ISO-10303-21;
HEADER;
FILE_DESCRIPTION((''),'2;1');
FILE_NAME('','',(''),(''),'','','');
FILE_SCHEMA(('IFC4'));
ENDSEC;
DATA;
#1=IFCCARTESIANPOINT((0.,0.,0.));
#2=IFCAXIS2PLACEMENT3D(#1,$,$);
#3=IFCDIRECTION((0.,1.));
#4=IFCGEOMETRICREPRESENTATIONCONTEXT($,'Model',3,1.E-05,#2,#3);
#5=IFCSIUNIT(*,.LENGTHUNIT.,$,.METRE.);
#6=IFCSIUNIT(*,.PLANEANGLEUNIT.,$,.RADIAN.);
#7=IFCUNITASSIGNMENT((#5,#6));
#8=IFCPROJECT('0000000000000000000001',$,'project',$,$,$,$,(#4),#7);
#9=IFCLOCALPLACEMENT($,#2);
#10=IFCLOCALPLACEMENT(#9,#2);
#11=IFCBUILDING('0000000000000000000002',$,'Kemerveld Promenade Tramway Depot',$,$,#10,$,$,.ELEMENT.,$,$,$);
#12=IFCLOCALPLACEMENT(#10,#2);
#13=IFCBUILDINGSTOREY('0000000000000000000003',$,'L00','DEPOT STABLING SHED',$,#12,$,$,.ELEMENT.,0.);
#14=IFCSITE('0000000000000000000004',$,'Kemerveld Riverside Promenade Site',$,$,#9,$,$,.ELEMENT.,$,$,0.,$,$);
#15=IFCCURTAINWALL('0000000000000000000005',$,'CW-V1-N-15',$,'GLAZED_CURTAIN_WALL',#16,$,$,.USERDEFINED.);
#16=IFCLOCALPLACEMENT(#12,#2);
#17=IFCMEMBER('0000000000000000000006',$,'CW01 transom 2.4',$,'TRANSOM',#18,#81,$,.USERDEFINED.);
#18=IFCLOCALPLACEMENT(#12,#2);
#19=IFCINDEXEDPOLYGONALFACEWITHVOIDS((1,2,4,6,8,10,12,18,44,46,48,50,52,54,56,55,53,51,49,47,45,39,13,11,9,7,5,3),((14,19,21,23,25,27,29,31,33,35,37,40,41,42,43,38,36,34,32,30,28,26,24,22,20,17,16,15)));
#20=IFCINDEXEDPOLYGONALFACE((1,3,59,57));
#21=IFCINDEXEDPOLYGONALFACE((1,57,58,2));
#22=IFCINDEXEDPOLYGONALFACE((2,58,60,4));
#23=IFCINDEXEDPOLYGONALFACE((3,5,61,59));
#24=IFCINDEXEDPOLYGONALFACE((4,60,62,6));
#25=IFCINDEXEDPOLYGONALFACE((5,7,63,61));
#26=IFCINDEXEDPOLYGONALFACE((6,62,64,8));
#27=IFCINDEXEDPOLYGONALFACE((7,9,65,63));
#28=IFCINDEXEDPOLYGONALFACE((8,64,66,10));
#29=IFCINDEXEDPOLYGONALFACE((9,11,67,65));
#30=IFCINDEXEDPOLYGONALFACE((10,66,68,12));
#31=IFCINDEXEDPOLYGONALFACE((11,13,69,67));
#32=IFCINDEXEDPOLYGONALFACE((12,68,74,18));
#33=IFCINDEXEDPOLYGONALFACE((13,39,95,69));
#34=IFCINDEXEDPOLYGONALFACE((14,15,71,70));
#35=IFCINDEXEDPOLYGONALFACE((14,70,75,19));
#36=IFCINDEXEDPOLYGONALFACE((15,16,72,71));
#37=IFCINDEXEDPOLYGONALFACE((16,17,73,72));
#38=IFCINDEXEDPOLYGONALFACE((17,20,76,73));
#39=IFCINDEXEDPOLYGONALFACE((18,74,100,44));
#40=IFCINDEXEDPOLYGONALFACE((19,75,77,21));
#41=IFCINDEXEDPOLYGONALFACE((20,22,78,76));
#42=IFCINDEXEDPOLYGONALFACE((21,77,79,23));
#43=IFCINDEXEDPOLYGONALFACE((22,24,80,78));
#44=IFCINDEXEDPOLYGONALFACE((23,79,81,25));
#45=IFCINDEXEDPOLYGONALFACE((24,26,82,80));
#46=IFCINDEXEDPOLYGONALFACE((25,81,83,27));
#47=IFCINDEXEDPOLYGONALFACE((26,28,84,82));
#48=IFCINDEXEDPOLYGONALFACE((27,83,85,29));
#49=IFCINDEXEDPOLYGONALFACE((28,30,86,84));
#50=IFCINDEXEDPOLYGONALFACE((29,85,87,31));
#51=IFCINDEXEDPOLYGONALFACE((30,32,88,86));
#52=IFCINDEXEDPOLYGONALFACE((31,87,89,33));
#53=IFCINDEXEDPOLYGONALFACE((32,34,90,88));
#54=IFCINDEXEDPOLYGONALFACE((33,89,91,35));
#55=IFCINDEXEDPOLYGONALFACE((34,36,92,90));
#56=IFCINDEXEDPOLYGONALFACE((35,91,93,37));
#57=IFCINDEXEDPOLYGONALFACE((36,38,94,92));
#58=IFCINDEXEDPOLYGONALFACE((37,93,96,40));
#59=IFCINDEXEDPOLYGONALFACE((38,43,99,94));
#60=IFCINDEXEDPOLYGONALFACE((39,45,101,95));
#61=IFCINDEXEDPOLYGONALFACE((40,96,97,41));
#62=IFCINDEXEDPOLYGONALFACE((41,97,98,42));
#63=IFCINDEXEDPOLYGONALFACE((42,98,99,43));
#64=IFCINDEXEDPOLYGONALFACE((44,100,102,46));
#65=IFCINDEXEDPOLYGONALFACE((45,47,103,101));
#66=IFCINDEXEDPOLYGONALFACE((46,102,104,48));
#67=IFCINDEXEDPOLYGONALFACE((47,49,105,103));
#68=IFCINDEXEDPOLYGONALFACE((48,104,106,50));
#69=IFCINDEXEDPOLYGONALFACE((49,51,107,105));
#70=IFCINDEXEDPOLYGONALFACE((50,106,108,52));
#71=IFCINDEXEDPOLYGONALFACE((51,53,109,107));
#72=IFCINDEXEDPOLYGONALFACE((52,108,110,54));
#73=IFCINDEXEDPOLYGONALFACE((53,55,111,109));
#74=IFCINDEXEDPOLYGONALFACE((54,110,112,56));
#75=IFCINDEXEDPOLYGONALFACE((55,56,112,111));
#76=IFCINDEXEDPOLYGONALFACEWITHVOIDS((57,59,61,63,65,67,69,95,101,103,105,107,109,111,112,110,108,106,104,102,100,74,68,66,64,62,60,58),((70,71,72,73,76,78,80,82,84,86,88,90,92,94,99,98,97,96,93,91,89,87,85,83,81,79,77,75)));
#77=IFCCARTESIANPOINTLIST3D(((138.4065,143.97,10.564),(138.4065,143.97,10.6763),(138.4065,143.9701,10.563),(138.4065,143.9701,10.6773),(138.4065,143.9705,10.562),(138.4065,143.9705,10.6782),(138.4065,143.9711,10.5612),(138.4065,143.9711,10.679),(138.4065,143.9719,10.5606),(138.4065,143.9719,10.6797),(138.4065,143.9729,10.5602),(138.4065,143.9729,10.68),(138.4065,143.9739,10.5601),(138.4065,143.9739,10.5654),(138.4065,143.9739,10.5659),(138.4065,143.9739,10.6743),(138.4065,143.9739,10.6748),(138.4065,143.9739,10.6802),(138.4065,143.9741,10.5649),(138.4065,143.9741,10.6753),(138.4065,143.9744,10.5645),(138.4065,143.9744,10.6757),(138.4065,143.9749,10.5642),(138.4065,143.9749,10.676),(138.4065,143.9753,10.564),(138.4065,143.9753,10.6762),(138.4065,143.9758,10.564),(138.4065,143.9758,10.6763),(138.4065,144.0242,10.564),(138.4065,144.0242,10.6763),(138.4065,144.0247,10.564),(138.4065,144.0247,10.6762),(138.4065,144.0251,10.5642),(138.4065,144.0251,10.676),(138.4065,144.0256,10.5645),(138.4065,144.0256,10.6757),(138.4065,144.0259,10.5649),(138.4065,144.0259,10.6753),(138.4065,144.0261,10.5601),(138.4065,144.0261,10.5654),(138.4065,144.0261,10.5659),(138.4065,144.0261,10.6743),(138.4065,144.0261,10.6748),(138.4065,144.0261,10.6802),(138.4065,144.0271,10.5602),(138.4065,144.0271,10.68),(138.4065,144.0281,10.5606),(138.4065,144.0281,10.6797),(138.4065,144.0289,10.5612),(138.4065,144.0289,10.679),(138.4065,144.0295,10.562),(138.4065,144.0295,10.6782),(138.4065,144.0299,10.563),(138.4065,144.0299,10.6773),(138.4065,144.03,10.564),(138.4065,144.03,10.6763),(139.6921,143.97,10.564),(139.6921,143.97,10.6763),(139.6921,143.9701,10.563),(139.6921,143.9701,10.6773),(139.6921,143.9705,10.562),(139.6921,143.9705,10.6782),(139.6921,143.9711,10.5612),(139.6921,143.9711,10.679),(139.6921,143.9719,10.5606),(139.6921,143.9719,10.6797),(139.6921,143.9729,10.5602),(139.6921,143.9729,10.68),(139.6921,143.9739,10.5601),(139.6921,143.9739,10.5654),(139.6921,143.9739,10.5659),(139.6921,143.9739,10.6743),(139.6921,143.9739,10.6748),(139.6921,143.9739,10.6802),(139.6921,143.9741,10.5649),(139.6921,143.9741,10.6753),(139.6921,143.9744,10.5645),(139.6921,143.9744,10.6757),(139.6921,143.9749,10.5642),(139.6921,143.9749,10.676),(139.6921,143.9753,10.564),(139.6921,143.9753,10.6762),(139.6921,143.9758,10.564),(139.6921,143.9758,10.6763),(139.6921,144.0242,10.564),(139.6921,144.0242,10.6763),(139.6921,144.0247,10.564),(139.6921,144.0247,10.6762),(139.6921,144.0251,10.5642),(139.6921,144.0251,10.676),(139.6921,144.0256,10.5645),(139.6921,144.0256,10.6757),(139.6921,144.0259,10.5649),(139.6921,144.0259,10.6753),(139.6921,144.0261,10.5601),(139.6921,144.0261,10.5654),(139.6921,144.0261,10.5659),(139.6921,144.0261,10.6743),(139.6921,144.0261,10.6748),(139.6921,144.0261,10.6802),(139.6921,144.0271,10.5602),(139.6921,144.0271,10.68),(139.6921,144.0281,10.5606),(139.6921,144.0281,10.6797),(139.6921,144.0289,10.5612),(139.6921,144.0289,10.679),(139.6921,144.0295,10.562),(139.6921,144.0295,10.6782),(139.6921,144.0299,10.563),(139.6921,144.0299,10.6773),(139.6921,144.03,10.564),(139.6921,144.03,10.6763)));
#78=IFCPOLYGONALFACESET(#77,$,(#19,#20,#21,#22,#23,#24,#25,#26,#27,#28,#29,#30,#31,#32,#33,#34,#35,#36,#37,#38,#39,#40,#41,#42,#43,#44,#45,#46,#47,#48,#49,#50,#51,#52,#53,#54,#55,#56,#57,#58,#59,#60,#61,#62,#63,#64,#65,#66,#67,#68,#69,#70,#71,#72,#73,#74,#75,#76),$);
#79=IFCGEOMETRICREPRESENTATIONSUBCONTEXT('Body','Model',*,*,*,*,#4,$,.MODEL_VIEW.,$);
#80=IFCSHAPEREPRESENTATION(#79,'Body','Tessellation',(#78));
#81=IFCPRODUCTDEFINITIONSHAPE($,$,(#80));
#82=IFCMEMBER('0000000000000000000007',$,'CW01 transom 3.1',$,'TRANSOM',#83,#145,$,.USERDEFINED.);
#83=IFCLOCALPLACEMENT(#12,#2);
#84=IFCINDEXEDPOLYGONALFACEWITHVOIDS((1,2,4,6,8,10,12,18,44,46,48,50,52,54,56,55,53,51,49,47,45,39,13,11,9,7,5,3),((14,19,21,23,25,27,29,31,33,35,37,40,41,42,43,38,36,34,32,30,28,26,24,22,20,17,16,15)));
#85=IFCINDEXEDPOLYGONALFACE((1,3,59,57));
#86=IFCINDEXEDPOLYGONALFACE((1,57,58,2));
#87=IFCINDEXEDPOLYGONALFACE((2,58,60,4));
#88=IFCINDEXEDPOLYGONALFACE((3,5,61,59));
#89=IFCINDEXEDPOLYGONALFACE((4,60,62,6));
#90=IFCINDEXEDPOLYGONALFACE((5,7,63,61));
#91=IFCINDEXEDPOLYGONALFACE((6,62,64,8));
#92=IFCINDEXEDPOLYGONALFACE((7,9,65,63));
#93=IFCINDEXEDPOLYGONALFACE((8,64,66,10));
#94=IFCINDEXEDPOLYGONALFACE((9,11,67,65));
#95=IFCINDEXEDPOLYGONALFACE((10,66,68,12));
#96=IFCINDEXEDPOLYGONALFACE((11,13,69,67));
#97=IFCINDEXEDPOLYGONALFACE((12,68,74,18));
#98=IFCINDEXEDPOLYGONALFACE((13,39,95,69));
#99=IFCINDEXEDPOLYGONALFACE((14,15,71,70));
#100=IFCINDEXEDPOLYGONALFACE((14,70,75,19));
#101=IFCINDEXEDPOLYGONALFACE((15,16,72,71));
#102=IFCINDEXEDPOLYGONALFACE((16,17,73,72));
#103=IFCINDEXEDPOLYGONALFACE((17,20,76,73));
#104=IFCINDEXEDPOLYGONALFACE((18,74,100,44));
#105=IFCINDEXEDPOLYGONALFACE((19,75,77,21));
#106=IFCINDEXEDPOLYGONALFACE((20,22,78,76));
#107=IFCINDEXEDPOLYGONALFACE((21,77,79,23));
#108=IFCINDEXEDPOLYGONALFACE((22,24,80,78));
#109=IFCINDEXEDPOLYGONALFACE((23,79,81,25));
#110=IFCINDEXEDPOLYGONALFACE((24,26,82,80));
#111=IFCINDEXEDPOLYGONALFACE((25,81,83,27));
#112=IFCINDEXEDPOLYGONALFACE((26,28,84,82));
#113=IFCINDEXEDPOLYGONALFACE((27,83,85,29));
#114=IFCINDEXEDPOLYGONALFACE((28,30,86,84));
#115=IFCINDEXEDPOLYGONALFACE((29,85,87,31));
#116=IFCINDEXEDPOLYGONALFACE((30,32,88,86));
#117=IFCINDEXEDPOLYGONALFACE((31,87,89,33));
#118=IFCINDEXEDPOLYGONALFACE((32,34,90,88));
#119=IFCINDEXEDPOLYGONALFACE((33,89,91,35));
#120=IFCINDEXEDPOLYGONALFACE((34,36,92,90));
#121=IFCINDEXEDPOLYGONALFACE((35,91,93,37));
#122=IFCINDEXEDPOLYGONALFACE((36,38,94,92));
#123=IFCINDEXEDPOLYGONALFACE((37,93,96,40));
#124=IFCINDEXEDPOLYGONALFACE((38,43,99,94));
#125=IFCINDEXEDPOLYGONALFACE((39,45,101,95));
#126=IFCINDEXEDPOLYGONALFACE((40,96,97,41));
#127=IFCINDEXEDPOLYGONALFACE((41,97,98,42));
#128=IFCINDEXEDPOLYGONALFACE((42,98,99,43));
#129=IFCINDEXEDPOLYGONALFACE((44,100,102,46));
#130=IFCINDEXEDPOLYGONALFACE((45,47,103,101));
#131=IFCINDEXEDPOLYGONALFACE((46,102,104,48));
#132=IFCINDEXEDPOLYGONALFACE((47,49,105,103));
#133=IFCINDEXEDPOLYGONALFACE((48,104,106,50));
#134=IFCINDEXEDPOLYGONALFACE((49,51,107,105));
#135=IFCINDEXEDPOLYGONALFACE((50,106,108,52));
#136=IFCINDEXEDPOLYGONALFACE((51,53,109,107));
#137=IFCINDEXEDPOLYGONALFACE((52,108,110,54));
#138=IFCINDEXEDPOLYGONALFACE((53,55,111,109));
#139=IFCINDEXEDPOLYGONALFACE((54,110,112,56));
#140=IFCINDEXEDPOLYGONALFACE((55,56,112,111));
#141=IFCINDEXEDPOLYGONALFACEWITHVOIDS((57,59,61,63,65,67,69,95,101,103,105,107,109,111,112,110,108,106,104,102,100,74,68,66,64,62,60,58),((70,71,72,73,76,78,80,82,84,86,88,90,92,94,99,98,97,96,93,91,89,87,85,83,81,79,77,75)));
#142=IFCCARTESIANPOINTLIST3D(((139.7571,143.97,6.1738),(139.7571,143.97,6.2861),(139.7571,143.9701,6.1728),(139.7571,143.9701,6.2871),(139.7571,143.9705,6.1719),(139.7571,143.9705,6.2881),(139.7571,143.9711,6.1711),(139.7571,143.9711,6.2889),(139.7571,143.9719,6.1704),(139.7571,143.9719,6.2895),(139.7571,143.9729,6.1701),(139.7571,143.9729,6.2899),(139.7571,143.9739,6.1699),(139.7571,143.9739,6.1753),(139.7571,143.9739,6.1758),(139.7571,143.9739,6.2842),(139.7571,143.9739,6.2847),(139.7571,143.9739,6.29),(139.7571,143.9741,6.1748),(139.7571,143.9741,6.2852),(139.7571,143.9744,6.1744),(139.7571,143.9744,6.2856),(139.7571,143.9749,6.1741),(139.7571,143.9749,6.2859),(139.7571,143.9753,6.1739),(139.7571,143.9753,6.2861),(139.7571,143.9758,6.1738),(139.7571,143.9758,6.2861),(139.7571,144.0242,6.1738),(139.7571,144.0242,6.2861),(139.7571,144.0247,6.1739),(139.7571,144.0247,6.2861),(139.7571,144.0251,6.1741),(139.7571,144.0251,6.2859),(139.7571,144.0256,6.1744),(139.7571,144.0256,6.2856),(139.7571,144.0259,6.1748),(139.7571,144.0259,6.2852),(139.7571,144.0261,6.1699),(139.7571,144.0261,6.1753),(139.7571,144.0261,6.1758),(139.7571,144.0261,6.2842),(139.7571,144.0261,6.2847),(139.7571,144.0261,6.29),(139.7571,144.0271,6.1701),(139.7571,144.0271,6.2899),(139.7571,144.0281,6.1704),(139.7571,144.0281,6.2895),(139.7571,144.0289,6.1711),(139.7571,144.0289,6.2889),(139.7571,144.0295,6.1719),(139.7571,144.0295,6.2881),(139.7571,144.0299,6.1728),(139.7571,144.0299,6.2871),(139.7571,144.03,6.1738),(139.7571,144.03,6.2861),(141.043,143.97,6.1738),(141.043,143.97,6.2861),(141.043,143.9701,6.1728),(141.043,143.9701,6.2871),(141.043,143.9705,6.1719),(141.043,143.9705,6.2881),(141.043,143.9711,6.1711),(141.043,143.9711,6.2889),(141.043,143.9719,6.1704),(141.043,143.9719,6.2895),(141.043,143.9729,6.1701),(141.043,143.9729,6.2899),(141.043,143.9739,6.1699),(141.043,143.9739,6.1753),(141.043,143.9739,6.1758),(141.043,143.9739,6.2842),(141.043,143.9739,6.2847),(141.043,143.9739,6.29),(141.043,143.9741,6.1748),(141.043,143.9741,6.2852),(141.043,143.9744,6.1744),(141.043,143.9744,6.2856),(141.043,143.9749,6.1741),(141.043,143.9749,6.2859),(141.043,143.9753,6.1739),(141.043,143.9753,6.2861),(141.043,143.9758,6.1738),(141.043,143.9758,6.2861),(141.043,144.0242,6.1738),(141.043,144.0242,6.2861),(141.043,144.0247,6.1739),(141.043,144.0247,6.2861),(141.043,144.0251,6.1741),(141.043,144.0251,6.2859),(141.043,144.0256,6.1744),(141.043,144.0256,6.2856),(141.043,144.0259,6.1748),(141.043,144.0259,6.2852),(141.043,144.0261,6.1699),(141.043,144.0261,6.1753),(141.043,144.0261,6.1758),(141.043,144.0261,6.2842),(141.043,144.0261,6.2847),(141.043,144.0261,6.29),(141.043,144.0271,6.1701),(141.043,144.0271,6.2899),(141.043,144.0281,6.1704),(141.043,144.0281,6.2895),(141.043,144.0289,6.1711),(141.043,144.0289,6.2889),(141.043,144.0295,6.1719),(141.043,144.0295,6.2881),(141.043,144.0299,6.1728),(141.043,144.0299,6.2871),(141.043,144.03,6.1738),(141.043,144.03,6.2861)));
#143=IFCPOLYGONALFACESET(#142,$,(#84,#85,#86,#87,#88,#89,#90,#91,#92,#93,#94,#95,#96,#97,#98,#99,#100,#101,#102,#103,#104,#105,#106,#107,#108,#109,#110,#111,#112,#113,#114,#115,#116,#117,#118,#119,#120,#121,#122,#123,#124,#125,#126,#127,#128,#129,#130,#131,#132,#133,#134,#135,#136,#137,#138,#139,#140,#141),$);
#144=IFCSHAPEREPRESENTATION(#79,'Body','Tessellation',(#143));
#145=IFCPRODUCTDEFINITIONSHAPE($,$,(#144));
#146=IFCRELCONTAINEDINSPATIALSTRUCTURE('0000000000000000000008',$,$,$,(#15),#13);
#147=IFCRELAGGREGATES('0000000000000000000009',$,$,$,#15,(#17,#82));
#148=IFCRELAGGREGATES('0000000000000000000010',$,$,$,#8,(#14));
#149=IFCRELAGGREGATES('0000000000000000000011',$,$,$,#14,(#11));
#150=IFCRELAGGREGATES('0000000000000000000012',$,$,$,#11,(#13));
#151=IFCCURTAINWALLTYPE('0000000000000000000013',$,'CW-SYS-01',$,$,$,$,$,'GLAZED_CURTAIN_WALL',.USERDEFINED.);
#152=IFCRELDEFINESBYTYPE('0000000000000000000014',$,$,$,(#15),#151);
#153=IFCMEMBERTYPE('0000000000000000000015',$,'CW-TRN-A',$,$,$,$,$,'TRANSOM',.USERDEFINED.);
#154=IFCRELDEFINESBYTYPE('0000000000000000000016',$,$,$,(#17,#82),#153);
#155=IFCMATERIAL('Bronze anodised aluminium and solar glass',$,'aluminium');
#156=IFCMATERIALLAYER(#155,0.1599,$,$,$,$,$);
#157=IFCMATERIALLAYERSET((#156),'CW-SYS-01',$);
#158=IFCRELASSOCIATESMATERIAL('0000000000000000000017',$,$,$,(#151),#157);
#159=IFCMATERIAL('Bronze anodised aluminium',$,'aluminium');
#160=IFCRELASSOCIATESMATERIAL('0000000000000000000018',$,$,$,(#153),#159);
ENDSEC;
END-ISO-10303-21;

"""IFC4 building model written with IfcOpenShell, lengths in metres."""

from ifc_helpers import new_model, si_unit, direction, frame, origin, origin_2d, place, context, subcontext, project, spatial, hollow_rectangle, extrude, material, layer, layer_set, material_profile, profile_set, type_object, element, aggregate, save


model = new_model("IFC4")

# Units and contexts
model_context = context("Model", 3, precision=1e-05, world=origin(), true_north=direction((0.0, 1.0)))
body_context = subcontext(model_context, "Body", "Model", "MODEL_VIEW")
ifc_project = project(units=[si_unit("LENGTHUNIT", "METRE"), si_unit("PLANEANGLEUNIT", "RADIAN")], contexts=[model_context])

# Site, building, storey
site_placement = place(None, origin())
site = spatial("IfcSite", under=ifc_project, at=site_placement, Name="Kemerveld Riverside Promenade Site", CompositionType="ELEMENT", RefElevation=0.0)
building_placement = place(site_placement, origin())
building = spatial("IfcBuilding", under=site, at=building_placement, Name="Kemerveld Promenade Tramway Depot", CompositionType="ELEMENT")
storey_placement = place(building_placement, origin())
storey = spatial("IfcBuildingStorey", under=building, at=storey_placement, Name="L00", Description="DEPOT STABLING SHED", CompositionType="ELEMENT", Elevation=0.0)

# Curtain wall, members
ifc_material_1 = material(Name="Bronze anodised aluminium and solar glass", Category="aluminium")
ifc_layer_1 = layer(ifc_material_1, 0.1599)
ifc_layer_set_1 = layer_set([ifc_layer_1], Name="CW-SYS-01")
curtain_wall_type = type_object("IfcCurtainWallType", Name="CW-SYS-01", ElementType="GLAZED_CURTAIN_WALL", PredefinedType="USERDEFINED", material=ifc_layer_set_1)
curtain_wall_placement = place(storey_placement, origin())
curtain_wall = element("IfcCurtainWall", 1, at=curtain_wall_placement, inside=storey, type_object=curtain_wall_type, Name="CW-V1-N-15", ObjectType="GLAZED_CURTAIN_WALL", PredefinedType="USERDEFINED")
ifc_material_2 = material(Name="Bronze anodised aluminium", Category="aluminium")
ifc_material_profile_1 = material_profile(ifc_material_2, hollow_rectangle(XDim=0.0601, YDim=0.1201, WallThickness=0.0039, InnerFilletRadius=0.002, OuterFilletRadius=0.0039, at=origin_2d()), Name="CW-TRN-120x60")
ifc_profile_set_1 = profile_set([ifc_material_profile_1], Name="Bronze anodised aluminium")
member_type_1 = type_object("IfcMemberType", Name="CW-TRN-A", ElementType="TRANSOM", PredefinedType="USERDEFINED", material=ifc_profile_set_1)
member_1_placement = place(storey_placement, frame((138.4065, 144.0, 10.6201), z_axis=(1.0, 0.0, 0.0), x_axis=(0.0, 1.0, 0.0)))
member_1 = element("IfcMember", 2, at=member_1_placement, type_object=member_type_1, Name="CW01 transom 2.4", ObjectType="TRANSOM", PredefinedType="USERDEFINED", context=body_context, shape_type="SweptSolid", body=[
    extrude(hollow_rectangle(XDim=0.0601, YDim=0.1201, WallThickness=0.0039, InnerFilletRadius=0.002, OuterFilletRadius=0.0039, at=origin_2d()), origin(), (0.0, 0.0, 1.0), 1.2856),
])
member_2_placement = place(storey_placement, frame((139.7571, 144.0, 6.23), z_axis=(1.0, 0.0, 0.0), x_axis=(0.0, 1.0, 0.0)))
member_2 = element("IfcMember", 3, at=member_2_placement, type_object=member_type_1, Name="CW01 transom 3.1", ObjectType="TRANSOM", PredefinedType="USERDEFINED", context=body_context, shape_type="SweptSolid", body=[
    extrude(hollow_rectangle(XDim=0.0601, YDim=0.1201, WallThickness=0.0039, InnerFilletRadius=0.002, OuterFilletRadius=0.0039, at=origin_2d()), origin(), (0.0, 0.0, 1.0), 1.2859),
])
aggregate(curtain_wall, [member_1, member_2])

save(model, "model.ifc")
